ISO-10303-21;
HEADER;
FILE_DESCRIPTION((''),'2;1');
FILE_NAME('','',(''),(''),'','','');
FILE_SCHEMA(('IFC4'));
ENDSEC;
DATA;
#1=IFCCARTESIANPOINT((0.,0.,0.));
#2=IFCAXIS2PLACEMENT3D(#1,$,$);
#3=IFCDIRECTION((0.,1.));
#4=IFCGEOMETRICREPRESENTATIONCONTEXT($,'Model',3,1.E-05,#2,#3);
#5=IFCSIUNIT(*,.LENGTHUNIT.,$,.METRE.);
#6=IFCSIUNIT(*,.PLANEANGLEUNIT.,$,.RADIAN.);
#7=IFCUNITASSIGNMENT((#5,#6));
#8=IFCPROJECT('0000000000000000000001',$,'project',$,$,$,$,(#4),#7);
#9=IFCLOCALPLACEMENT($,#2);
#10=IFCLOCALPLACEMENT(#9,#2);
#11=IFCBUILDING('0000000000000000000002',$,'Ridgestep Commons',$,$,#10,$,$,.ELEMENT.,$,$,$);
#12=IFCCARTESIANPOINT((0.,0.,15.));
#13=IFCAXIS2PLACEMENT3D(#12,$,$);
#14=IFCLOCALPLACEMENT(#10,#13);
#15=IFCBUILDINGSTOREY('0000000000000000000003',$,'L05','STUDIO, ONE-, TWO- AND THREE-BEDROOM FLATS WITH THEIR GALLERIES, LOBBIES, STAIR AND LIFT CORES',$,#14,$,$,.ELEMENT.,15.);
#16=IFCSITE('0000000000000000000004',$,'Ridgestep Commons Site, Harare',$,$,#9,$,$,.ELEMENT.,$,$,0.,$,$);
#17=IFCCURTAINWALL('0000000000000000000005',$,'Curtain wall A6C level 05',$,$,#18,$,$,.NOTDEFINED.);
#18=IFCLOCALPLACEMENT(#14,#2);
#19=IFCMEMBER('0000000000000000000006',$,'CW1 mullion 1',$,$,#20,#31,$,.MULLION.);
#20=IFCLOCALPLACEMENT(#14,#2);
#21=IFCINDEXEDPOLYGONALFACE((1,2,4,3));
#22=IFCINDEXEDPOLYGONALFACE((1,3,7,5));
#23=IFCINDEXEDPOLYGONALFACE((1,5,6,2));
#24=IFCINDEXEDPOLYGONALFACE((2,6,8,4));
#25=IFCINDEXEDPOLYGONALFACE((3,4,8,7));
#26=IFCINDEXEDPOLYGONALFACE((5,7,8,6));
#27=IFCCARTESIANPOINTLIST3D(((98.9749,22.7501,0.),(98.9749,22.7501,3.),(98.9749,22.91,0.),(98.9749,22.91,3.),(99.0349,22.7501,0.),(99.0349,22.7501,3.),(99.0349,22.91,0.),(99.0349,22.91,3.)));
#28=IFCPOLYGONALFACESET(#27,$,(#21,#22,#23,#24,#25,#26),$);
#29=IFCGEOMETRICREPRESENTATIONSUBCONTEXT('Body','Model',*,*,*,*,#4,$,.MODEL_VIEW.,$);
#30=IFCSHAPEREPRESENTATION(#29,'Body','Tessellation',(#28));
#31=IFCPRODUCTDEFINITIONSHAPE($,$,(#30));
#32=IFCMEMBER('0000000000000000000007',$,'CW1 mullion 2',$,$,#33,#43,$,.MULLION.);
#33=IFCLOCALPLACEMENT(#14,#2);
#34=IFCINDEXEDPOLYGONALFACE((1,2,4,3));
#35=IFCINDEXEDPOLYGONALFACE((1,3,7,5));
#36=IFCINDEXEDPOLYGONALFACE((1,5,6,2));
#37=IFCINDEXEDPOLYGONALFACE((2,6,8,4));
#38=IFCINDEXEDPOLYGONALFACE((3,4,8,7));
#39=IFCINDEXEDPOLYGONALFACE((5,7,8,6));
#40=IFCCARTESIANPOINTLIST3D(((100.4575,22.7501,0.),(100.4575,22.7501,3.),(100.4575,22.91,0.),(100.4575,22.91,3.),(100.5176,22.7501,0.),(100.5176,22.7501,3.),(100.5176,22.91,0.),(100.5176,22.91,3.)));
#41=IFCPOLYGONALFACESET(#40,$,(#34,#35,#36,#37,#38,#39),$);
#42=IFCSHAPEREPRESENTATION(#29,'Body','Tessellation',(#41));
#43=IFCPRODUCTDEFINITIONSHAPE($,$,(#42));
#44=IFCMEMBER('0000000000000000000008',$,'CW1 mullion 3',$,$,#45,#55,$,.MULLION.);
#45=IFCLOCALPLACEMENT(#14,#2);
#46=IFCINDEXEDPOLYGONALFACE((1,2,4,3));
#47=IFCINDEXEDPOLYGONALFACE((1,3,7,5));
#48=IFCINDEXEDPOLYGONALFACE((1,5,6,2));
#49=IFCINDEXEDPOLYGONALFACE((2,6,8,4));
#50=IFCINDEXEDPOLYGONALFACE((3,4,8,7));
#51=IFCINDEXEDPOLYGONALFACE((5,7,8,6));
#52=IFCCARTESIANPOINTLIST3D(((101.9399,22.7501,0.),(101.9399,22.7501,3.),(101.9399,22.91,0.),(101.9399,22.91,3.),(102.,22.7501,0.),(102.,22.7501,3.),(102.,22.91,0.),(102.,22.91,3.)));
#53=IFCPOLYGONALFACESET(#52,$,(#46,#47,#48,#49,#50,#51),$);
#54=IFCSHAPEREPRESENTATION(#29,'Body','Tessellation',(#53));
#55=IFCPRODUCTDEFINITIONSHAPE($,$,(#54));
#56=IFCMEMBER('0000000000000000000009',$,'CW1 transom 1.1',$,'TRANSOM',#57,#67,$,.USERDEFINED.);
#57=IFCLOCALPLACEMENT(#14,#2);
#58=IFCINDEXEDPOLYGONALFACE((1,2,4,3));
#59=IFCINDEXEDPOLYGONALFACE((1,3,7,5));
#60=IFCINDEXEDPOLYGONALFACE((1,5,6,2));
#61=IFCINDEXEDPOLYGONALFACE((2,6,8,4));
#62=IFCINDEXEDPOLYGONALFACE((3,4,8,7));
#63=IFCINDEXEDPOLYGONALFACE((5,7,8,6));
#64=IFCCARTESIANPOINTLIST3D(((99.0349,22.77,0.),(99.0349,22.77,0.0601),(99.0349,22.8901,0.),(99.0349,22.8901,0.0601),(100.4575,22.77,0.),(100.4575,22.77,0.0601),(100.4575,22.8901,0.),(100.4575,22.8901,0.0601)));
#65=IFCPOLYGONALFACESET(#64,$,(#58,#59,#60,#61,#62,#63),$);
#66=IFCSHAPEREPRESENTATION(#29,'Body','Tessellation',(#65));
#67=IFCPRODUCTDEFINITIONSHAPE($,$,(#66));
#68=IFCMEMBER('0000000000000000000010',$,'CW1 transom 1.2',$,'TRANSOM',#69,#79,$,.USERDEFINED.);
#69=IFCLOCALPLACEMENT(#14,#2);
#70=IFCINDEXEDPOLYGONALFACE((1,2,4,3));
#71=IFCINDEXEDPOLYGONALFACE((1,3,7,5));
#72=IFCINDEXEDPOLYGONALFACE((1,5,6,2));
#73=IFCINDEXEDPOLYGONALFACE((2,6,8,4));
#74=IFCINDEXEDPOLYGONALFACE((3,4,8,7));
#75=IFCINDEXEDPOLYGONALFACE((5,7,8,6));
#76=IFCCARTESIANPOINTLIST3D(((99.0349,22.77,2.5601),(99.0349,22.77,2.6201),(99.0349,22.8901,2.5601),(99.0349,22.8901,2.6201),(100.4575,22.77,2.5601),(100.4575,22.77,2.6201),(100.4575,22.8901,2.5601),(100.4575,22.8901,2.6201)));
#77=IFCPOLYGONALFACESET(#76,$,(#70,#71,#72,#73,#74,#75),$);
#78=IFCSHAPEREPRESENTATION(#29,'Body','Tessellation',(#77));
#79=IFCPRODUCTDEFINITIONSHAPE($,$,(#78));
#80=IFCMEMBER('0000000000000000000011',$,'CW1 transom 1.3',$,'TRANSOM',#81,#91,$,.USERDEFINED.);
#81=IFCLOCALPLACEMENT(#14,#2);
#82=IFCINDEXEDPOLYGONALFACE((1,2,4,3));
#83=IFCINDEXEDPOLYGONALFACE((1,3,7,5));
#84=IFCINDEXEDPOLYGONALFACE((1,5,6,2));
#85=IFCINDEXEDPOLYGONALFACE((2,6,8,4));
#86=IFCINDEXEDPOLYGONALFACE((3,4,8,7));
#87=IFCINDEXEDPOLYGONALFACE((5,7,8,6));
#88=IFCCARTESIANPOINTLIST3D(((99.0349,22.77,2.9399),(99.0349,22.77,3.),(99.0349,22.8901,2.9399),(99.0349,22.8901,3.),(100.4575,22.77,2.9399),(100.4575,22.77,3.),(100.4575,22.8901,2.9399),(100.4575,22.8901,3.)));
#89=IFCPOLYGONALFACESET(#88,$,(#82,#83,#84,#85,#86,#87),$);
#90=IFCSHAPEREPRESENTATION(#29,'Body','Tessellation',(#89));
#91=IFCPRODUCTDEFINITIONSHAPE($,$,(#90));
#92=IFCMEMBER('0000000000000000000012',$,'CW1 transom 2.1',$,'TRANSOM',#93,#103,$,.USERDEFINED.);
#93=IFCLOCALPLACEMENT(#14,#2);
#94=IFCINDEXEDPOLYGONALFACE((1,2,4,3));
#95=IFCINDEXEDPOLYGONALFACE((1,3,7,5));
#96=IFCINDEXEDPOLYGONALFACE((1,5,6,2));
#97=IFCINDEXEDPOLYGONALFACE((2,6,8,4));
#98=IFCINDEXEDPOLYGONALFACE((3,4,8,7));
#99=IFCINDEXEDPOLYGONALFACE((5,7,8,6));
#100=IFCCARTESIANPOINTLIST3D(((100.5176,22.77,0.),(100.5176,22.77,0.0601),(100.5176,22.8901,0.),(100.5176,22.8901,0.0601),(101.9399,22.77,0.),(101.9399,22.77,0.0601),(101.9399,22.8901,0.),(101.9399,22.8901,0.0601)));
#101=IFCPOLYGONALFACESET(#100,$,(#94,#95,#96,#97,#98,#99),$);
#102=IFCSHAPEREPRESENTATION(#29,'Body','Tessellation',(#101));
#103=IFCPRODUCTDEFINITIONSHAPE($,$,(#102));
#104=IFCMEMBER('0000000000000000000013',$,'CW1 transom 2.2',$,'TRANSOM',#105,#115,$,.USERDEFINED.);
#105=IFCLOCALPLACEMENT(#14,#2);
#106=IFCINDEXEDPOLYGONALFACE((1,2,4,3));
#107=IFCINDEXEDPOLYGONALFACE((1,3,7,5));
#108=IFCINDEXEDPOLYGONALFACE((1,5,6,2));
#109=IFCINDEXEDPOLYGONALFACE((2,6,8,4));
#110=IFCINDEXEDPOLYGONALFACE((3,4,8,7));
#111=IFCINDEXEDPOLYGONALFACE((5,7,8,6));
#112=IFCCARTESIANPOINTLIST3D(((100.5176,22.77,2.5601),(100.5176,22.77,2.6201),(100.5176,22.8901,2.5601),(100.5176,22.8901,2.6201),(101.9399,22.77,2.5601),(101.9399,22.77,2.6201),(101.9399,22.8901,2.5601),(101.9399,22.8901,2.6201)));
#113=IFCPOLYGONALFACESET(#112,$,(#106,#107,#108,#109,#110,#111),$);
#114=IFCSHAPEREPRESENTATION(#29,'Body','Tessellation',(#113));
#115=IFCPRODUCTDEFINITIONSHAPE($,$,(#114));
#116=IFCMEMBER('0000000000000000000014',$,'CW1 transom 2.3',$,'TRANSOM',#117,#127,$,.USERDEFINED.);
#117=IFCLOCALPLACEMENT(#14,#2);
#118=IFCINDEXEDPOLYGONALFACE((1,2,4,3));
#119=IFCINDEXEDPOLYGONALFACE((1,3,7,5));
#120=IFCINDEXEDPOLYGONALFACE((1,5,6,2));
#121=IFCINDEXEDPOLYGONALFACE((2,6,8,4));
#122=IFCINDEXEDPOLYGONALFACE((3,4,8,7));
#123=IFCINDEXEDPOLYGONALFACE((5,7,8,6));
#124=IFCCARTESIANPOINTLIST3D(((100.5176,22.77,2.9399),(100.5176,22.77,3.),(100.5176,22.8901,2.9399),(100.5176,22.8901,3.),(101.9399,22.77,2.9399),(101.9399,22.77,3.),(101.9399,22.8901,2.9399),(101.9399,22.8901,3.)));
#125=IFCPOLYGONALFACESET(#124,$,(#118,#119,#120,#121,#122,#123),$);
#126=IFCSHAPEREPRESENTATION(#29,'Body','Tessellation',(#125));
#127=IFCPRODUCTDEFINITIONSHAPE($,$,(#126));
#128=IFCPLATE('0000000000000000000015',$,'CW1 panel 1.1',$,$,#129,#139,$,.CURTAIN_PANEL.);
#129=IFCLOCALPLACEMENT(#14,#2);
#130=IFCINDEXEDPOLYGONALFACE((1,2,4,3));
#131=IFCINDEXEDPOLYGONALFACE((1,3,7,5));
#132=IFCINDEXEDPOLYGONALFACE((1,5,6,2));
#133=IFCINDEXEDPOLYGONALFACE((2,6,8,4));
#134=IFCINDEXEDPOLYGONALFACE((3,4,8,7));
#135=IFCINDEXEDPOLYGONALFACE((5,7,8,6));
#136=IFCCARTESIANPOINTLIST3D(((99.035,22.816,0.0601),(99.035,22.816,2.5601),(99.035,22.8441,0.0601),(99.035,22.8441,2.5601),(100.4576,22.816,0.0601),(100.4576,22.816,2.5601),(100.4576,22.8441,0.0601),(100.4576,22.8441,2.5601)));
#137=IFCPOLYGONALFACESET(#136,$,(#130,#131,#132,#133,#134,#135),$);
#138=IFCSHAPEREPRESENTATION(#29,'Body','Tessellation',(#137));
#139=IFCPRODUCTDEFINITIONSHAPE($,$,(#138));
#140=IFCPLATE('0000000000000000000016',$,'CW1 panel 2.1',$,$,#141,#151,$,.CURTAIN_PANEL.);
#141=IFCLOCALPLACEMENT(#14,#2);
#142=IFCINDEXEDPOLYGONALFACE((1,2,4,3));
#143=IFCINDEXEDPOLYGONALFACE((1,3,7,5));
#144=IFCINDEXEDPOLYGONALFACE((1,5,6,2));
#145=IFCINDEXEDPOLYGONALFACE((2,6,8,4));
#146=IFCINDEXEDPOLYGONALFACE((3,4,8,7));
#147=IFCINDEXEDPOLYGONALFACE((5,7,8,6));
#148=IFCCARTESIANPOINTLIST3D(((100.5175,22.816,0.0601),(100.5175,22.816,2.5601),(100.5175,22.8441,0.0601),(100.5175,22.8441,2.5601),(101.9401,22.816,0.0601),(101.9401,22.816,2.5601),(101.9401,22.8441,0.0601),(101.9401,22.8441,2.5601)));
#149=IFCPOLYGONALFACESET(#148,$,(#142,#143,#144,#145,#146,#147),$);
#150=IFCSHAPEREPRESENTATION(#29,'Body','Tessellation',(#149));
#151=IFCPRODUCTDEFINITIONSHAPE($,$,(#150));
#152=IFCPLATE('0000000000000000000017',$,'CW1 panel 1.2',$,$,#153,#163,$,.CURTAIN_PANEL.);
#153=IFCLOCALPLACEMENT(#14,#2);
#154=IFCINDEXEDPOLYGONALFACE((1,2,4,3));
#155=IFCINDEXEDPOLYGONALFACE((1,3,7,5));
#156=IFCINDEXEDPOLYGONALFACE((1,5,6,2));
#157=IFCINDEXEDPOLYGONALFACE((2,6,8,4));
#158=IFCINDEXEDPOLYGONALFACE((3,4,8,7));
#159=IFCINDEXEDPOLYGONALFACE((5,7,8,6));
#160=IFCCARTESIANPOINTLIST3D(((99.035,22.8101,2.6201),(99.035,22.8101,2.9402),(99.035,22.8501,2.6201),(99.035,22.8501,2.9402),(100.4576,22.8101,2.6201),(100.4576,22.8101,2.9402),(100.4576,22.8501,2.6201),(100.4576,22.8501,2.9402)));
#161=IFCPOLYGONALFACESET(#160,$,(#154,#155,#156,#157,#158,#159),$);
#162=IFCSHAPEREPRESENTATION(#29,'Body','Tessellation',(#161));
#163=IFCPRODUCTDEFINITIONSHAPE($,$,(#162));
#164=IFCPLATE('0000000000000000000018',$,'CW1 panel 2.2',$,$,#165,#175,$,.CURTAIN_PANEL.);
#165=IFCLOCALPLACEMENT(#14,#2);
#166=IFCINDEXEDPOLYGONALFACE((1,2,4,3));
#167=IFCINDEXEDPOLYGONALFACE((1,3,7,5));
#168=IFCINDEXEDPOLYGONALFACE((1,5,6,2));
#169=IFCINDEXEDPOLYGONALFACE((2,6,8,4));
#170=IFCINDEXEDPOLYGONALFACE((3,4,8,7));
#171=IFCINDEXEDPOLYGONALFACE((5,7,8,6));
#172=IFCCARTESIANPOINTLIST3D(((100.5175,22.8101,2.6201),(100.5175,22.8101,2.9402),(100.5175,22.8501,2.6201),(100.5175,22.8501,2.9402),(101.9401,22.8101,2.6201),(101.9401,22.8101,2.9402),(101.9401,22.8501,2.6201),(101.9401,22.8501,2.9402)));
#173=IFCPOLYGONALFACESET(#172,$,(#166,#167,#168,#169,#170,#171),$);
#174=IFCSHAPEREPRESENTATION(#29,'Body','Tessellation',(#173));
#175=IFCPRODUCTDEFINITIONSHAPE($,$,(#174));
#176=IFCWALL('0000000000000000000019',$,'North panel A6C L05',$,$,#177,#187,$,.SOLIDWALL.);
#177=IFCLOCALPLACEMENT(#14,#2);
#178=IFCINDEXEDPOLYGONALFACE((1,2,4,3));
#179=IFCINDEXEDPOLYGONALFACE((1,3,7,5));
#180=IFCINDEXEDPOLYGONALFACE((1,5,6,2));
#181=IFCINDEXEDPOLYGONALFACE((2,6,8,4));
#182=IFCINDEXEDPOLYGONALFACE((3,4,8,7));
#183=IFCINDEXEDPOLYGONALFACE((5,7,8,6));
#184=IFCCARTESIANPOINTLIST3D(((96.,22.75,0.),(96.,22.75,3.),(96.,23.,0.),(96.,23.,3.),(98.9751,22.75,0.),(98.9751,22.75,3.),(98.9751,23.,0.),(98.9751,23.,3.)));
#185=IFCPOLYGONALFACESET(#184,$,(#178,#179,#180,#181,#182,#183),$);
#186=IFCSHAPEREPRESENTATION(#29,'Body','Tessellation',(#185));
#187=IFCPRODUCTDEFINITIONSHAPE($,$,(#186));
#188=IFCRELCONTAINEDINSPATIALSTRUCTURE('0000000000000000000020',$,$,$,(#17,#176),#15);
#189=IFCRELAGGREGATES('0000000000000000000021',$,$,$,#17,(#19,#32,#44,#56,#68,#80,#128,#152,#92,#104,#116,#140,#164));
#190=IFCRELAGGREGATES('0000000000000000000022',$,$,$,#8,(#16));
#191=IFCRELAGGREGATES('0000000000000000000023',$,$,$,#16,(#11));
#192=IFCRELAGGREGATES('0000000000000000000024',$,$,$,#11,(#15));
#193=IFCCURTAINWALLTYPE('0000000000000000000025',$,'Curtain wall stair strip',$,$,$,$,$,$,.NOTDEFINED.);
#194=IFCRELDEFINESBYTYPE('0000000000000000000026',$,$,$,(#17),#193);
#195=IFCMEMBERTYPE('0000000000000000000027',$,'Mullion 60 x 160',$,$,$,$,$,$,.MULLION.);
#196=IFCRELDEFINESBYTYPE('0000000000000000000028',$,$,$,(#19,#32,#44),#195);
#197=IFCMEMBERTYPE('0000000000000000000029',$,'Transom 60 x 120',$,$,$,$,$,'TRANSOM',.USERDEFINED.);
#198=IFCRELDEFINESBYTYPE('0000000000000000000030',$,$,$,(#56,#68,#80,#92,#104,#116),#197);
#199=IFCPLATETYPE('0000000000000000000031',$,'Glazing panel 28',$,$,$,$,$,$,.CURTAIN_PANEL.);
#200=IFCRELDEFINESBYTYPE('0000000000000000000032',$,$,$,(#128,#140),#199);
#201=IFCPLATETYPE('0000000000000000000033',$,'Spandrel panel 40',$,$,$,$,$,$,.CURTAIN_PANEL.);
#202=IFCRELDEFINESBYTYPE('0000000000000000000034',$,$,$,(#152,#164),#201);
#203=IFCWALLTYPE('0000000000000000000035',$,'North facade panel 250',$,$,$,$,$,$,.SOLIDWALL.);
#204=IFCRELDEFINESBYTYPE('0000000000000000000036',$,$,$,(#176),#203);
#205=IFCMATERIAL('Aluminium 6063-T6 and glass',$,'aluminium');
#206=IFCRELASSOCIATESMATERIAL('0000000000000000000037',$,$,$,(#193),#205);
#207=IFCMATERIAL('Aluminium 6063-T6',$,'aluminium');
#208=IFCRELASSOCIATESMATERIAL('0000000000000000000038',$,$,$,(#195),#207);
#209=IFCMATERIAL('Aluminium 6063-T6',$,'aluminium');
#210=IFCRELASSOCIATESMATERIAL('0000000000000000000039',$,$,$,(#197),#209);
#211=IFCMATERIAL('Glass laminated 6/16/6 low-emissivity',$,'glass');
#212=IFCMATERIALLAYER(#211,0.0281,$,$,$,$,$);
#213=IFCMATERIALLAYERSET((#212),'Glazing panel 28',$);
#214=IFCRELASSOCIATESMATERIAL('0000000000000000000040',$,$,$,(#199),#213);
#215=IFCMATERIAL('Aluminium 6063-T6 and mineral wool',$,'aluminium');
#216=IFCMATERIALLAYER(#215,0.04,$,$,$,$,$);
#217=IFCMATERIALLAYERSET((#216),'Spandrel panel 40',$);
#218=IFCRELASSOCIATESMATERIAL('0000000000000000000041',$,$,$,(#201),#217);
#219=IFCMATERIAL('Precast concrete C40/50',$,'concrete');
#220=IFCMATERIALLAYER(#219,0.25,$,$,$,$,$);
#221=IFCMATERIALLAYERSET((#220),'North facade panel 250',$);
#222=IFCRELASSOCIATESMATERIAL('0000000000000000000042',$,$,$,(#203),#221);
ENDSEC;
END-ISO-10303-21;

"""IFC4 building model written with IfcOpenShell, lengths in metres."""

from ifc_helpers import new_model, si_unit, direction, frame, frame_2d, origin, origin_2d, place, context, subcontext, project, spatial, rectangle, extrude, material, layer, layer_set, material_profile, profile_set, type_object, element, aggregate, save


model = new_model("IFC4")

# Units and contexts
model_context = context("Model", 3, precision=1e-05, world=origin(), true_north=direction((0.0, 1.0)))
body_context = subcontext(model_context, "Body", "Model", "MODEL_VIEW")
ifc_project = project(units=[si_unit("LENGTHUNIT", "METRE"), si_unit("PLANEANGLEUNIT", "RADIAN")], contexts=[model_context])

# Site, building, storey
site_placement = place(None, origin())
site = spatial("IfcSite", under=ifc_project, at=site_placement, Name="Ridgestep Commons Site, Harare", CompositionType="ELEMENT", RefElevation=0.0)
building_placement = place(site_placement, origin())
building = spatial("IfcBuilding", under=site, at=building_placement, Name="Ridgestep Commons", CompositionType="ELEMENT")
storey_placement = place(building_placement, frame((0.0, 0.0, 15.0)))
storey = spatial("IfcBuildingStorey", under=building, at=storey_placement, Name="L05", Description="STUDIO, ONE-, TWO- AND THREE-BEDROOM FLATS WITH THEIR GALLERIES, LOBBIES, STAIR AND LIFT CORES", CompositionType="ELEMENT", Elevation=15.0)

# Curtain wall, members, plates
ifc_material_1 = material(Name="Aluminium 6063-T6 and glass", Category="aluminium")
curtain_wall_type = type_object("IfcCurtainWallType", Name="Curtain wall stair strip", PredefinedType="NOTDEFINED", material=ifc_material_1)
curtain_wall_placement = place(storey_placement, origin())
curtain_wall = element("IfcCurtainWall", 1, at=curtain_wall_placement, inside=storey, type_object=curtain_wall_type, Name="Curtain wall A6C level 05", PredefinedType="NOTDEFINED")
ifc_material_2 = material(Name="Aluminium 6063-T6", Category="aluminium")
ifc_material_profile_1 = material_profile(ifc_material_2, rectangle(XDim=0.1599, YDim=0.0601, at=origin_2d()), Name="Mullion 60 x 160")
ifc_profile_set_1 = profile_set([ifc_material_profile_1], Name="Aluminium 6063-T6")
member_type_1 = type_object("IfcMemberType", Name="Mullion 60 x 160", PredefinedType="MULLION", material=ifc_profile_set_1)
member_1_placement = place(storey_placement, frame((99.0049, 22.8301, 0.0), z_axis=(0.0, 0.0, 1.0), x_axis=(0.0, 1.0, 0.0)))
member_1 = element("IfcMember", 2, at=member_1_placement, type_object=member_type_1, Name="CW1 mullion 1", PredefinedType="MULLION", context=body_context, shape_type="SweptSolid", body=[
    extrude(rectangle(XDim=0.1599, YDim=0.0601, at=origin_2d()), origin(), (0.0, 0.0, 1.0), 3.0),
])
member_2_placement = place(storey_placement, frame((100.4875, 22.8301, 0.0), z_axis=(0.0, 0.0, 1.0), x_axis=(0.0, 1.0, 0.0)))
member_2 = element("IfcMember", 3, at=member_2_placement, type_object=member_type_1, Name="CW1 mullion 2", PredefinedType="MULLION", context=body_context, shape_type="SweptSolid", body=[
    extrude(rectangle(XDim=0.1599, YDim=0.0601, at=origin_2d()), origin(), (0.0, 0.0, 1.0), 3.0),
])
member_3_placement = place(storey_placement, frame((101.97, 22.8301, 0.0), z_axis=(0.0, 0.0, 1.0), x_axis=(0.0, 1.0, 0.0)))
member_3 = element("IfcMember", 4, at=member_3_placement, type_object=member_type_1, Name="CW1 mullion 3", PredefinedType="MULLION", context=body_context, shape_type="SweptSolid", body=[
    extrude(rectangle(XDim=0.1599, YDim=0.0601, at=origin_2d()), origin(), (0.0, 0.0, 1.0), 3.0),
])
ifc_material_3 = material(Name="Aluminium 6063-T6", Category="aluminium")
ifc_material_profile_2 = material_profile(ifc_material_3, rectangle(XDim=0.1201, YDim=0.0601, at=origin_2d()), Name="Transom 60 x 120")
ifc_profile_set_2 = profile_set([ifc_material_profile_2], Name="Aluminium 6063-T6")
member_type_2 = type_object("IfcMemberType", Name="Transom 60 x 120", ElementType="TRANSOM", PredefinedType="USERDEFINED", material=ifc_profile_set_2)
member_4_placement = place(storey_placement, frame((99.0349, 22.8301, 0.03), z_axis=(1.0, 0.0, 0.0), x_axis=(0.0, 1.0, 0.0)))
member_4 = element("IfcMember", 5, at=member_4_placement, type_object=member_type_2, Name="CW1 transom 1.1", ObjectType="TRANSOM", PredefinedType="USERDEFINED", context=body_context, shape_type="SweptSolid", body=[
    extrude(rectangle(XDim=0.1201, YDim=0.0601, at=origin_2d()), origin(), (0.0, 0.0, 1.0), 1.4226),
])
member_5_placement = place(storey_placement, frame((99.0349, 22.8301, 2.5901), z_axis=(1.0, 0.0, 0.0), x_axis=(0.0, 1.0, 0.0)))
member_5 = element("IfcMember", 6, at=member_5_placement, type_object=member_type_2, Name="CW1 transom 1.2", ObjectType="TRANSOM", PredefinedType="USERDEFINED", context=body_context, shape_type="SweptSolid", body=[
    extrude(rectangle(XDim=0.1201, YDim=0.0601, at=origin_2d()), origin(), (0.0, 0.0, 1.0), 1.4226),
])
member_6_placement = place(storey_placement, frame((99.0349, 22.8301, 2.97), z_axis=(1.0, 0.0, 0.0), x_axis=(0.0, 1.0, 0.0)))
member_6 = element("IfcMember", 7, at=member_6_placement, type_object=member_type_2, Name="CW1 transom 1.3", ObjectType="TRANSOM", PredefinedType="USERDEFINED", context=body_context, shape_type="SweptSolid", body=[
    extrude(rectangle(XDim=0.1201, YDim=0.0601, at=origin_2d()), origin(), (0.0, 0.0, 1.0), 1.4226),
])
member_7_placement = place(storey_placement, frame((100.5176, 22.8301, 0.03), z_axis=(1.0, 0.0, 0.0), x_axis=(0.0, 1.0, 0.0)))
member_7 = element("IfcMember", 8, at=member_7_placement, type_object=member_type_2, Name="CW1 transom 2.1", ObjectType="TRANSOM", PredefinedType="USERDEFINED", context=body_context, shape_type="SweptSolid", body=[
    extrude(rectangle(XDim=0.1201, YDim=0.0601, at=origin_2d()), origin(), (0.0, 0.0, 1.0), 1.4224),
])
member_8_placement = place(storey_placement, frame((100.5176, 22.8301, 2.5901), z_axis=(1.0, 0.0, 0.0), x_axis=(0.0, 1.0, 0.0)))
member_8 = element("IfcMember", 9, at=member_8_placement, type_object=member_type_2, Name="CW1 transom 2.2", ObjectType="TRANSOM", PredefinedType="USERDEFINED", context=body_context, shape_type="SweptSolid", body=[
    extrude(rectangle(XDim=0.1201, YDim=0.0601, at=origin_2d()), origin(), (0.0, 0.0, 1.0), 1.4224),
])
member_9_placement = place(storey_placement, frame((100.5176, 22.8301, 2.97), z_axis=(1.0, 0.0, 0.0), x_axis=(0.0, 1.0, 0.0)))
member_9 = element("IfcMember", 10, at=member_9_placement, type_object=member_type_2, Name="CW1 transom 2.3", ObjectType="TRANSOM", PredefinedType="USERDEFINED", context=body_context, shape_type="SweptSolid", body=[
    extrude(rectangle(XDim=0.1201, YDim=0.0601, at=origin_2d()), origin(), (0.0, 0.0, 1.0), 1.4224),
])
ifc_material_4 = material(Name="Glass laminated 6/16/6 low-emissivity", Category="glass")
ifc_layer_1 = layer(ifc_material_4, 0.0281)
ifc_layer_set_1 = layer_set([ifc_layer_1], Name="Glazing panel 28")
plate_type_1 = type_object("IfcPlateType", Name="Glazing panel 28", PredefinedType="CURTAIN_PANEL", material=ifc_layer_set_1)
plate_1_placement = place(storey_placement, frame((99.7463, 22.8301, 0.0601), z_axis=(0.0, 0.0, 1.0), x_axis=(1.0, 0.0, 0.0)))
plate_1 = element("IfcPlate", 11, at=plate_1_placement, type_object=plate_type_1, Name="CW1 panel 1.1", PredefinedType="CURTAIN_PANEL", context=body_context, shape_type="SweptSolid", body=[
    extrude(rectangle(XDim=1.4226, YDim=0.0281, at=origin_2d()), origin(), (0.0, 0.0, 1.0), 2.5),
])
plate_2_placement = place(storey_placement, frame((101.2288, 22.8301, 0.0601), z_axis=(0.0, 0.0, 1.0), x_axis=(1.0, 0.0, 0.0)))
plate_2 = element("IfcPlate", 12, at=plate_2_placement, type_object=plate_type_1, Name="CW1 panel 2.1", PredefinedType="CURTAIN_PANEL", context=body_context, shape_type="SweptSolid", body=[
    extrude(rectangle(XDim=1.4226, YDim=0.0281, at=origin_2d()), origin(), (0.0, 0.0, 1.0), 2.5),
])
ifc_material_5 = material(Name="Aluminium 6063-T6 and mineral wool", Category="aluminium")
ifc_layer_2 = layer(ifc_material_5, 0.04)
ifc_layer_set_2 = layer_set([ifc_layer_2], Name="Spandrel panel 40")
plate_type_2 = type_object("IfcPlateType", Name="Spandrel panel 40", PredefinedType="CURTAIN_PANEL", material=ifc_layer_set_2)
plate_3_placement = place(storey_placement, frame((99.7463, 22.8301, 2.6201), z_axis=(0.0, 0.0, 1.0), x_axis=(1.0, 0.0, 0.0)))
plate_3 = element("IfcPlate", 13, at=plate_3_placement, type_object=plate_type_2, Name="CW1 panel 1.2", PredefinedType="CURTAIN_PANEL", context=body_context, shape_type="SweptSolid", body=[
    extrude(rectangle(XDim=1.4226, YDim=0.04, at=origin_2d()), origin(), (0.0, 0.0, 1.0), 0.3201),
])
plate_4_placement = place(storey_placement, frame((101.2288, 22.8301, 2.6201), z_axis=(0.0, 0.0, 1.0), x_axis=(1.0, 0.0, 0.0)))
plate_4 = element("IfcPlate", 14, at=plate_4_placement, type_object=plate_type_2, Name="CW1 panel 2.2", PredefinedType="CURTAIN_PANEL", context=body_context, shape_type="SweptSolid", body=[
    extrude(rectangle(XDim=1.4226, YDim=0.04, at=origin_2d()), origin(), (0.0, 0.0, 1.0), 0.3201),
])
aggregate(curtain_wall, [member_1, member_2, member_3, member_4, member_5, member_6, plate_1, plate_3, member_7, member_8, member_9, plate_2, plate_4])

# Wall
ifc_material_6 = material(Name="Precast concrete C40/50", Category="concrete")
ifc_layer_3 = layer(ifc_material_6, 0.25)
ifc_layer_set_3 = layer_set([ifc_layer_3], Name="North facade panel 250")
wall_type = type_object("IfcWallType", Name="North facade panel 250", PredefinedType="SOLIDWALL", material=ifc_layer_set_3)
wall_placement = place(storey_placement, frame((96.0, 22.875, 0.0), z_axis=(0.0, 0.0, 1.0), x_axis=(1.0, 0.0, 0.0)))
element("IfcWall", 15, at=wall_placement, inside=storey, type_object=wall_type, Name="North panel A6C L05", PredefinedType="SOLIDWALL", context=body_context, shape_type="SweptSolid", body=[
    extrude(rectangle(XDim=2.9751, YDim=0.25, at=frame_2d((1.4875, 0.0))), origin(), (0.0, 0.0, 1.0), 3.0),
])

save(model, "model.ifc")
